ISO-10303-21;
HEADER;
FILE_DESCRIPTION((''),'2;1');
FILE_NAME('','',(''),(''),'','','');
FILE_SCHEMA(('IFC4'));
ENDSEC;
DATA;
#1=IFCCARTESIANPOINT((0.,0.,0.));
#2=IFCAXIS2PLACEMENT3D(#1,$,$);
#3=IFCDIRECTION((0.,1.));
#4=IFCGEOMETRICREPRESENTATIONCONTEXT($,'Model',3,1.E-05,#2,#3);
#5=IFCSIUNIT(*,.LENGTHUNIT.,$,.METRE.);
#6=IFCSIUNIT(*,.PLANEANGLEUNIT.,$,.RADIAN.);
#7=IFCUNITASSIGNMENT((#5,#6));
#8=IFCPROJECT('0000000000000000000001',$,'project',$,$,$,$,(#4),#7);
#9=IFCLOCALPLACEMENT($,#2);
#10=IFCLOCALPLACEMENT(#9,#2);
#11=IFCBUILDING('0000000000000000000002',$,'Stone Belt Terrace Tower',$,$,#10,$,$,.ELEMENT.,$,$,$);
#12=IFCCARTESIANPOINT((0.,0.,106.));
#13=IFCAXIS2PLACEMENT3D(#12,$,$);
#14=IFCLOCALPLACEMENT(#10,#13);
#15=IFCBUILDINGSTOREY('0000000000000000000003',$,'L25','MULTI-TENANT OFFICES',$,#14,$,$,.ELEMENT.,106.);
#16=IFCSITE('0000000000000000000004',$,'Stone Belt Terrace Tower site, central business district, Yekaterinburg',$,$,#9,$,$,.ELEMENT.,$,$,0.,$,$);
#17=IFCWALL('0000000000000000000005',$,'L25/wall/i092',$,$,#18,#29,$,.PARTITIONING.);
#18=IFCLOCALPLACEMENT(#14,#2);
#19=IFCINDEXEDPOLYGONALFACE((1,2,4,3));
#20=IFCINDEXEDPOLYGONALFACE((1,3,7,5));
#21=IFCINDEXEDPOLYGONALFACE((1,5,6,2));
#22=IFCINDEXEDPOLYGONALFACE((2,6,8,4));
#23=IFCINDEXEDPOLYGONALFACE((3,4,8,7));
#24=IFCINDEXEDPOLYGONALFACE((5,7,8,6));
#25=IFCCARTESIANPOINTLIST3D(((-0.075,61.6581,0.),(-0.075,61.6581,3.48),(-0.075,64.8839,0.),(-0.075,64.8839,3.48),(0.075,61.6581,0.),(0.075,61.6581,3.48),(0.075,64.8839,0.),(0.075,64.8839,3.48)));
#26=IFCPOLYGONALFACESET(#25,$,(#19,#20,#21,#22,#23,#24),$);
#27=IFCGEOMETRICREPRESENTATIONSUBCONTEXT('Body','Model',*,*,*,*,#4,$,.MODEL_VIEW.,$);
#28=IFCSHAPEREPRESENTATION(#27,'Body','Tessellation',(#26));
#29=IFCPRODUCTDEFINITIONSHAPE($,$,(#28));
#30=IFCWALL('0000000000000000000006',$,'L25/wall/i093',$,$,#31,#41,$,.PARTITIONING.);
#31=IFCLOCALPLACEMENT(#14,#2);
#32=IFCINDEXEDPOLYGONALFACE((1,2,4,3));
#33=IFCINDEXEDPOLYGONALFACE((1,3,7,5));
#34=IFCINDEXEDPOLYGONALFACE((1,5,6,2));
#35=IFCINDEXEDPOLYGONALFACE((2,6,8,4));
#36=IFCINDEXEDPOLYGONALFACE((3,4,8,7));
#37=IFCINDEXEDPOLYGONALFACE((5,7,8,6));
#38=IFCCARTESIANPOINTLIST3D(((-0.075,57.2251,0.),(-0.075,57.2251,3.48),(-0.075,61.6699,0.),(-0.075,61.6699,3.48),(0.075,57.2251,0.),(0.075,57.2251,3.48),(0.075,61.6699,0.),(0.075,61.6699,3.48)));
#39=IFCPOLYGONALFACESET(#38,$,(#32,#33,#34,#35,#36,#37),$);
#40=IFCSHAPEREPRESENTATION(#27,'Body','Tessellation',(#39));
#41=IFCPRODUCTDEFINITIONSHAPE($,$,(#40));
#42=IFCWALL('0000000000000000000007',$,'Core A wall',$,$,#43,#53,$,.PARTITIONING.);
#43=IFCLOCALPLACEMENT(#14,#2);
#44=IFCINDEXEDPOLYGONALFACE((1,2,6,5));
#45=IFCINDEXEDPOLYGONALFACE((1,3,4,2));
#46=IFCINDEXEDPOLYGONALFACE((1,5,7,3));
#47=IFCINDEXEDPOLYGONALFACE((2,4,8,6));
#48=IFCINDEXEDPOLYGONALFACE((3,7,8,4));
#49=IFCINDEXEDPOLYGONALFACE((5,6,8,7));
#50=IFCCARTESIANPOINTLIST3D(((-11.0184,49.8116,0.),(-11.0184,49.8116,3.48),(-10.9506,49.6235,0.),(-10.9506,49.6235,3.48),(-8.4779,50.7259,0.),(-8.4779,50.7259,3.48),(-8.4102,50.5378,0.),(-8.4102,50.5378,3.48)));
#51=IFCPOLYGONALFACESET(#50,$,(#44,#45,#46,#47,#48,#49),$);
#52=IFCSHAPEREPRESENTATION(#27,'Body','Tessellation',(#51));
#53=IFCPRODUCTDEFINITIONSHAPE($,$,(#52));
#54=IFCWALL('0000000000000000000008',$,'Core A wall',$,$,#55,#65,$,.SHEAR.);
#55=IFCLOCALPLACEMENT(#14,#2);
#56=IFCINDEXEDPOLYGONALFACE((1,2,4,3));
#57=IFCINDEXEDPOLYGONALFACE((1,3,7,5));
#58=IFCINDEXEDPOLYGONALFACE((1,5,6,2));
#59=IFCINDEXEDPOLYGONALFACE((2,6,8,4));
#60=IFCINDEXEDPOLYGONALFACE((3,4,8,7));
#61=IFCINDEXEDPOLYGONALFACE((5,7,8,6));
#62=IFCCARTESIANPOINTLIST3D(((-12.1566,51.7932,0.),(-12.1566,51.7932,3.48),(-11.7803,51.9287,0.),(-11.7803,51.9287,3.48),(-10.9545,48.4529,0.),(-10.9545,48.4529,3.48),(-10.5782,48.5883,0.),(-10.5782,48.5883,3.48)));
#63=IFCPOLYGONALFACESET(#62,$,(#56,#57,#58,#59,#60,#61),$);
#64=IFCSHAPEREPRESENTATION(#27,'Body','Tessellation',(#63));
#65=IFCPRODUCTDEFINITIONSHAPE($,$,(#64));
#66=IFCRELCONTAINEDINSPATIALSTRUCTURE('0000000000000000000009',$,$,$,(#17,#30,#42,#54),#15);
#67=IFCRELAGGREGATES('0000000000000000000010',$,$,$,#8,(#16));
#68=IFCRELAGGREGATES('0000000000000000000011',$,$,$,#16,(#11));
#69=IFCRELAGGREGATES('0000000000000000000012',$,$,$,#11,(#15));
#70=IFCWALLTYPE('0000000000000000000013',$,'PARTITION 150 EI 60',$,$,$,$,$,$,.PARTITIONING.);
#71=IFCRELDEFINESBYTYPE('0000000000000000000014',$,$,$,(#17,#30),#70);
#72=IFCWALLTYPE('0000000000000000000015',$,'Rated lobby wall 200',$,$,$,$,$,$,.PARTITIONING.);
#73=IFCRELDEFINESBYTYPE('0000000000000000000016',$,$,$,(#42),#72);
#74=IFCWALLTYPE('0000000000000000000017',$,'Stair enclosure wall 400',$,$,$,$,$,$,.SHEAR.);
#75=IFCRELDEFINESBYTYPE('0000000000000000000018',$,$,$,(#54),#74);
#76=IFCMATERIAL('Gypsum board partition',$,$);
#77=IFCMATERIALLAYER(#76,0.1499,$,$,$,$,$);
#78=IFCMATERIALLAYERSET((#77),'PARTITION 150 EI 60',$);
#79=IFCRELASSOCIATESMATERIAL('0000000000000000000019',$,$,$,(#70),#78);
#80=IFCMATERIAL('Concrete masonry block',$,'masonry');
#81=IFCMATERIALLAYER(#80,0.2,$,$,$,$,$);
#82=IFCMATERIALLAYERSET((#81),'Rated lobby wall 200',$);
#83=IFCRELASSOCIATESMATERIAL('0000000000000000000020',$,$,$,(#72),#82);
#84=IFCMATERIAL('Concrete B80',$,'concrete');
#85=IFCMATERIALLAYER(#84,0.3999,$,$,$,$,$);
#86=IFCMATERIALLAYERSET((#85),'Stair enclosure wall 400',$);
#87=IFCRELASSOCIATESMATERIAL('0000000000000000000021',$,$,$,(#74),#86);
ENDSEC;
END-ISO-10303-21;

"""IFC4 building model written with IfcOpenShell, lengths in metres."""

from ifc_helpers import new_model, si_unit, direction, frame, frame_2d, origin, place, context, subcontext, project, spatial, rectangle, extrude, material, layer, layer_set, type_object, element, save


model = new_model("IFC4")

# Units and contexts
model_context = context("Model", 3, precision=1e-05, world=origin(), true_north=direction((0.0, 1.0)))
body_context = subcontext(model_context, "Body", "Model", "MODEL_VIEW")
ifc_project = project(units=[si_unit("LENGTHUNIT", "METRE"), si_unit("PLANEANGLEUNIT", "RADIAN")], contexts=[model_context])

# Site, building, storey
site_placement = place(None, origin())
site = spatial("IfcSite", under=ifc_project, at=site_placement, Name="Stone Belt Terrace Tower site, central business district, Yekaterinburg", CompositionType="ELEMENT", RefElevation=0.0)
building_placement = place(site_placement, origin())
building = spatial("IfcBuilding", under=site, at=building_placement, Name="Stone Belt Terrace Tower", CompositionType="ELEMENT")
storey_placement = place(building_placement, frame((0.0, 0.0, 106.0)))
storey = spatial("IfcBuildingStorey", under=building, at=storey_placement, Name="L25", Description="MULTI-TENANT OFFICES", CompositionType="ELEMENT", Elevation=106.0)

# Shared definitions
ifc_material_1 = material(Name="Concrete B80", Category="concrete")

# Shared definitions
ifc_material_2 = material(Name="Gypsum board partition")
ifc_layer_1 = layer(ifc_material_2, 0.1499)
ifc_layer_set_1 = layer_set([ifc_layer_1], Name="PARTITION 150 EI 60")
wall_type_1 = type_object("IfcWallType", Name="PARTITION 150 EI 60", PredefinedType="PARTITIONING", material=ifc_layer_set_1)

# Walls
wall_1_placement = place(storey_placement, frame((0.0, 64.8838, 0.0), z_axis=(0.0, 0.0, 1.0), x_axis=(0.0, -1.0, 0.0)))
element("IfcWall", 1, at=wall_1_placement, inside=storey, type_object=wall_type_1, Name="L25/wall/i092", PredefinedType="PARTITIONING", context=body_context, shape_type="SweptSolid", body=[
    extrude(rectangle(XDim=3.2258, YDim=0.1499, at=frame_2d((1.6128, 0.0))), origin(), (0.0, 0.0, 1.0), 3.48),
])
wall_2_placement = place(storey_placement, frame((0.0, 61.6699, 0.0), z_axis=(0.0, 0.0, 1.0), x_axis=(0.0, -1.0, 0.0)))
element("IfcWall", 2, at=wall_2_placement, inside=storey, type_object=wall_type_1, Name="L25/wall/i093", PredefinedType="PARTITIONING", context=body_context, shape_type="SweptSolid", body=[
    extrude(rectangle(XDim=4.4448, YDim=0.1499, at=frame_2d((2.2224, 0.0))), origin(), (0.0, 0.0, 1.0), 3.48),
])
ifc_material_3 = material(Name="Concrete masonry block", Category="masonry")
ifc_layer_2 = layer(ifc_material_3, 0.2)
ifc_layer_set_2 = layer_set([ifc_layer_2], Name="Rated lobby wall 200")
wall_type_2 = type_object("IfcWallType", Name="Rated lobby wall 200", PredefinedType="PARTITIONING", material=ifc_layer_set_2)
wall_3_placement = place(storey_placement, frame((-10.9846, 49.7175, 0.0), z_axis=(0.0, 0.0, 1.0), x_axis=(0.940921, 0.338627, 0.0)))
element("IfcWall", 3, at=wall_3_placement, inside=storey, type_object=wall_type_2, Name="Core A wall", PredefinedType="PARTITIONING", context=body_context, shape_type="SweptSolid", body=[
    extrude(rectangle(XDim=2.7, YDim=0.2, at=frame_2d((1.3501, 0.0))), origin(), (0.0, 0.0, 1.0), 3.48),
])
ifc_layer_3 = layer(ifc_material_1, 0.3999)
ifc_layer_set_3 = layer_set([ifc_layer_3], Name="Stair enclosure wall 400")
wall_type_3 = type_object("IfcWallType", Name="Stair enclosure wall 400", PredefinedType="SHEAR", material=ifc_layer_set_3)
wall_4_placement = place(storey_placement, frame((-10.7664, 48.5208, 0.0), z_axis=(0.0, 0.0, 1.0), x_axis=(-0.338627, 0.940921, 0.0)))
element("IfcWall", 4, at=wall_4_placement, inside=storey, type_object=wall_type_3, Name="Core A wall", PredefinedType="SHEAR", context=body_context, shape_type="SweptSolid", body=[
    extrude(rectangle(XDim=3.55, YDim=0.3999, at=frame_2d((1.7749, 0.0))), origin(), (0.0, 0.0, 1.0), 3.48),
])

save(model, "model.ifc")
